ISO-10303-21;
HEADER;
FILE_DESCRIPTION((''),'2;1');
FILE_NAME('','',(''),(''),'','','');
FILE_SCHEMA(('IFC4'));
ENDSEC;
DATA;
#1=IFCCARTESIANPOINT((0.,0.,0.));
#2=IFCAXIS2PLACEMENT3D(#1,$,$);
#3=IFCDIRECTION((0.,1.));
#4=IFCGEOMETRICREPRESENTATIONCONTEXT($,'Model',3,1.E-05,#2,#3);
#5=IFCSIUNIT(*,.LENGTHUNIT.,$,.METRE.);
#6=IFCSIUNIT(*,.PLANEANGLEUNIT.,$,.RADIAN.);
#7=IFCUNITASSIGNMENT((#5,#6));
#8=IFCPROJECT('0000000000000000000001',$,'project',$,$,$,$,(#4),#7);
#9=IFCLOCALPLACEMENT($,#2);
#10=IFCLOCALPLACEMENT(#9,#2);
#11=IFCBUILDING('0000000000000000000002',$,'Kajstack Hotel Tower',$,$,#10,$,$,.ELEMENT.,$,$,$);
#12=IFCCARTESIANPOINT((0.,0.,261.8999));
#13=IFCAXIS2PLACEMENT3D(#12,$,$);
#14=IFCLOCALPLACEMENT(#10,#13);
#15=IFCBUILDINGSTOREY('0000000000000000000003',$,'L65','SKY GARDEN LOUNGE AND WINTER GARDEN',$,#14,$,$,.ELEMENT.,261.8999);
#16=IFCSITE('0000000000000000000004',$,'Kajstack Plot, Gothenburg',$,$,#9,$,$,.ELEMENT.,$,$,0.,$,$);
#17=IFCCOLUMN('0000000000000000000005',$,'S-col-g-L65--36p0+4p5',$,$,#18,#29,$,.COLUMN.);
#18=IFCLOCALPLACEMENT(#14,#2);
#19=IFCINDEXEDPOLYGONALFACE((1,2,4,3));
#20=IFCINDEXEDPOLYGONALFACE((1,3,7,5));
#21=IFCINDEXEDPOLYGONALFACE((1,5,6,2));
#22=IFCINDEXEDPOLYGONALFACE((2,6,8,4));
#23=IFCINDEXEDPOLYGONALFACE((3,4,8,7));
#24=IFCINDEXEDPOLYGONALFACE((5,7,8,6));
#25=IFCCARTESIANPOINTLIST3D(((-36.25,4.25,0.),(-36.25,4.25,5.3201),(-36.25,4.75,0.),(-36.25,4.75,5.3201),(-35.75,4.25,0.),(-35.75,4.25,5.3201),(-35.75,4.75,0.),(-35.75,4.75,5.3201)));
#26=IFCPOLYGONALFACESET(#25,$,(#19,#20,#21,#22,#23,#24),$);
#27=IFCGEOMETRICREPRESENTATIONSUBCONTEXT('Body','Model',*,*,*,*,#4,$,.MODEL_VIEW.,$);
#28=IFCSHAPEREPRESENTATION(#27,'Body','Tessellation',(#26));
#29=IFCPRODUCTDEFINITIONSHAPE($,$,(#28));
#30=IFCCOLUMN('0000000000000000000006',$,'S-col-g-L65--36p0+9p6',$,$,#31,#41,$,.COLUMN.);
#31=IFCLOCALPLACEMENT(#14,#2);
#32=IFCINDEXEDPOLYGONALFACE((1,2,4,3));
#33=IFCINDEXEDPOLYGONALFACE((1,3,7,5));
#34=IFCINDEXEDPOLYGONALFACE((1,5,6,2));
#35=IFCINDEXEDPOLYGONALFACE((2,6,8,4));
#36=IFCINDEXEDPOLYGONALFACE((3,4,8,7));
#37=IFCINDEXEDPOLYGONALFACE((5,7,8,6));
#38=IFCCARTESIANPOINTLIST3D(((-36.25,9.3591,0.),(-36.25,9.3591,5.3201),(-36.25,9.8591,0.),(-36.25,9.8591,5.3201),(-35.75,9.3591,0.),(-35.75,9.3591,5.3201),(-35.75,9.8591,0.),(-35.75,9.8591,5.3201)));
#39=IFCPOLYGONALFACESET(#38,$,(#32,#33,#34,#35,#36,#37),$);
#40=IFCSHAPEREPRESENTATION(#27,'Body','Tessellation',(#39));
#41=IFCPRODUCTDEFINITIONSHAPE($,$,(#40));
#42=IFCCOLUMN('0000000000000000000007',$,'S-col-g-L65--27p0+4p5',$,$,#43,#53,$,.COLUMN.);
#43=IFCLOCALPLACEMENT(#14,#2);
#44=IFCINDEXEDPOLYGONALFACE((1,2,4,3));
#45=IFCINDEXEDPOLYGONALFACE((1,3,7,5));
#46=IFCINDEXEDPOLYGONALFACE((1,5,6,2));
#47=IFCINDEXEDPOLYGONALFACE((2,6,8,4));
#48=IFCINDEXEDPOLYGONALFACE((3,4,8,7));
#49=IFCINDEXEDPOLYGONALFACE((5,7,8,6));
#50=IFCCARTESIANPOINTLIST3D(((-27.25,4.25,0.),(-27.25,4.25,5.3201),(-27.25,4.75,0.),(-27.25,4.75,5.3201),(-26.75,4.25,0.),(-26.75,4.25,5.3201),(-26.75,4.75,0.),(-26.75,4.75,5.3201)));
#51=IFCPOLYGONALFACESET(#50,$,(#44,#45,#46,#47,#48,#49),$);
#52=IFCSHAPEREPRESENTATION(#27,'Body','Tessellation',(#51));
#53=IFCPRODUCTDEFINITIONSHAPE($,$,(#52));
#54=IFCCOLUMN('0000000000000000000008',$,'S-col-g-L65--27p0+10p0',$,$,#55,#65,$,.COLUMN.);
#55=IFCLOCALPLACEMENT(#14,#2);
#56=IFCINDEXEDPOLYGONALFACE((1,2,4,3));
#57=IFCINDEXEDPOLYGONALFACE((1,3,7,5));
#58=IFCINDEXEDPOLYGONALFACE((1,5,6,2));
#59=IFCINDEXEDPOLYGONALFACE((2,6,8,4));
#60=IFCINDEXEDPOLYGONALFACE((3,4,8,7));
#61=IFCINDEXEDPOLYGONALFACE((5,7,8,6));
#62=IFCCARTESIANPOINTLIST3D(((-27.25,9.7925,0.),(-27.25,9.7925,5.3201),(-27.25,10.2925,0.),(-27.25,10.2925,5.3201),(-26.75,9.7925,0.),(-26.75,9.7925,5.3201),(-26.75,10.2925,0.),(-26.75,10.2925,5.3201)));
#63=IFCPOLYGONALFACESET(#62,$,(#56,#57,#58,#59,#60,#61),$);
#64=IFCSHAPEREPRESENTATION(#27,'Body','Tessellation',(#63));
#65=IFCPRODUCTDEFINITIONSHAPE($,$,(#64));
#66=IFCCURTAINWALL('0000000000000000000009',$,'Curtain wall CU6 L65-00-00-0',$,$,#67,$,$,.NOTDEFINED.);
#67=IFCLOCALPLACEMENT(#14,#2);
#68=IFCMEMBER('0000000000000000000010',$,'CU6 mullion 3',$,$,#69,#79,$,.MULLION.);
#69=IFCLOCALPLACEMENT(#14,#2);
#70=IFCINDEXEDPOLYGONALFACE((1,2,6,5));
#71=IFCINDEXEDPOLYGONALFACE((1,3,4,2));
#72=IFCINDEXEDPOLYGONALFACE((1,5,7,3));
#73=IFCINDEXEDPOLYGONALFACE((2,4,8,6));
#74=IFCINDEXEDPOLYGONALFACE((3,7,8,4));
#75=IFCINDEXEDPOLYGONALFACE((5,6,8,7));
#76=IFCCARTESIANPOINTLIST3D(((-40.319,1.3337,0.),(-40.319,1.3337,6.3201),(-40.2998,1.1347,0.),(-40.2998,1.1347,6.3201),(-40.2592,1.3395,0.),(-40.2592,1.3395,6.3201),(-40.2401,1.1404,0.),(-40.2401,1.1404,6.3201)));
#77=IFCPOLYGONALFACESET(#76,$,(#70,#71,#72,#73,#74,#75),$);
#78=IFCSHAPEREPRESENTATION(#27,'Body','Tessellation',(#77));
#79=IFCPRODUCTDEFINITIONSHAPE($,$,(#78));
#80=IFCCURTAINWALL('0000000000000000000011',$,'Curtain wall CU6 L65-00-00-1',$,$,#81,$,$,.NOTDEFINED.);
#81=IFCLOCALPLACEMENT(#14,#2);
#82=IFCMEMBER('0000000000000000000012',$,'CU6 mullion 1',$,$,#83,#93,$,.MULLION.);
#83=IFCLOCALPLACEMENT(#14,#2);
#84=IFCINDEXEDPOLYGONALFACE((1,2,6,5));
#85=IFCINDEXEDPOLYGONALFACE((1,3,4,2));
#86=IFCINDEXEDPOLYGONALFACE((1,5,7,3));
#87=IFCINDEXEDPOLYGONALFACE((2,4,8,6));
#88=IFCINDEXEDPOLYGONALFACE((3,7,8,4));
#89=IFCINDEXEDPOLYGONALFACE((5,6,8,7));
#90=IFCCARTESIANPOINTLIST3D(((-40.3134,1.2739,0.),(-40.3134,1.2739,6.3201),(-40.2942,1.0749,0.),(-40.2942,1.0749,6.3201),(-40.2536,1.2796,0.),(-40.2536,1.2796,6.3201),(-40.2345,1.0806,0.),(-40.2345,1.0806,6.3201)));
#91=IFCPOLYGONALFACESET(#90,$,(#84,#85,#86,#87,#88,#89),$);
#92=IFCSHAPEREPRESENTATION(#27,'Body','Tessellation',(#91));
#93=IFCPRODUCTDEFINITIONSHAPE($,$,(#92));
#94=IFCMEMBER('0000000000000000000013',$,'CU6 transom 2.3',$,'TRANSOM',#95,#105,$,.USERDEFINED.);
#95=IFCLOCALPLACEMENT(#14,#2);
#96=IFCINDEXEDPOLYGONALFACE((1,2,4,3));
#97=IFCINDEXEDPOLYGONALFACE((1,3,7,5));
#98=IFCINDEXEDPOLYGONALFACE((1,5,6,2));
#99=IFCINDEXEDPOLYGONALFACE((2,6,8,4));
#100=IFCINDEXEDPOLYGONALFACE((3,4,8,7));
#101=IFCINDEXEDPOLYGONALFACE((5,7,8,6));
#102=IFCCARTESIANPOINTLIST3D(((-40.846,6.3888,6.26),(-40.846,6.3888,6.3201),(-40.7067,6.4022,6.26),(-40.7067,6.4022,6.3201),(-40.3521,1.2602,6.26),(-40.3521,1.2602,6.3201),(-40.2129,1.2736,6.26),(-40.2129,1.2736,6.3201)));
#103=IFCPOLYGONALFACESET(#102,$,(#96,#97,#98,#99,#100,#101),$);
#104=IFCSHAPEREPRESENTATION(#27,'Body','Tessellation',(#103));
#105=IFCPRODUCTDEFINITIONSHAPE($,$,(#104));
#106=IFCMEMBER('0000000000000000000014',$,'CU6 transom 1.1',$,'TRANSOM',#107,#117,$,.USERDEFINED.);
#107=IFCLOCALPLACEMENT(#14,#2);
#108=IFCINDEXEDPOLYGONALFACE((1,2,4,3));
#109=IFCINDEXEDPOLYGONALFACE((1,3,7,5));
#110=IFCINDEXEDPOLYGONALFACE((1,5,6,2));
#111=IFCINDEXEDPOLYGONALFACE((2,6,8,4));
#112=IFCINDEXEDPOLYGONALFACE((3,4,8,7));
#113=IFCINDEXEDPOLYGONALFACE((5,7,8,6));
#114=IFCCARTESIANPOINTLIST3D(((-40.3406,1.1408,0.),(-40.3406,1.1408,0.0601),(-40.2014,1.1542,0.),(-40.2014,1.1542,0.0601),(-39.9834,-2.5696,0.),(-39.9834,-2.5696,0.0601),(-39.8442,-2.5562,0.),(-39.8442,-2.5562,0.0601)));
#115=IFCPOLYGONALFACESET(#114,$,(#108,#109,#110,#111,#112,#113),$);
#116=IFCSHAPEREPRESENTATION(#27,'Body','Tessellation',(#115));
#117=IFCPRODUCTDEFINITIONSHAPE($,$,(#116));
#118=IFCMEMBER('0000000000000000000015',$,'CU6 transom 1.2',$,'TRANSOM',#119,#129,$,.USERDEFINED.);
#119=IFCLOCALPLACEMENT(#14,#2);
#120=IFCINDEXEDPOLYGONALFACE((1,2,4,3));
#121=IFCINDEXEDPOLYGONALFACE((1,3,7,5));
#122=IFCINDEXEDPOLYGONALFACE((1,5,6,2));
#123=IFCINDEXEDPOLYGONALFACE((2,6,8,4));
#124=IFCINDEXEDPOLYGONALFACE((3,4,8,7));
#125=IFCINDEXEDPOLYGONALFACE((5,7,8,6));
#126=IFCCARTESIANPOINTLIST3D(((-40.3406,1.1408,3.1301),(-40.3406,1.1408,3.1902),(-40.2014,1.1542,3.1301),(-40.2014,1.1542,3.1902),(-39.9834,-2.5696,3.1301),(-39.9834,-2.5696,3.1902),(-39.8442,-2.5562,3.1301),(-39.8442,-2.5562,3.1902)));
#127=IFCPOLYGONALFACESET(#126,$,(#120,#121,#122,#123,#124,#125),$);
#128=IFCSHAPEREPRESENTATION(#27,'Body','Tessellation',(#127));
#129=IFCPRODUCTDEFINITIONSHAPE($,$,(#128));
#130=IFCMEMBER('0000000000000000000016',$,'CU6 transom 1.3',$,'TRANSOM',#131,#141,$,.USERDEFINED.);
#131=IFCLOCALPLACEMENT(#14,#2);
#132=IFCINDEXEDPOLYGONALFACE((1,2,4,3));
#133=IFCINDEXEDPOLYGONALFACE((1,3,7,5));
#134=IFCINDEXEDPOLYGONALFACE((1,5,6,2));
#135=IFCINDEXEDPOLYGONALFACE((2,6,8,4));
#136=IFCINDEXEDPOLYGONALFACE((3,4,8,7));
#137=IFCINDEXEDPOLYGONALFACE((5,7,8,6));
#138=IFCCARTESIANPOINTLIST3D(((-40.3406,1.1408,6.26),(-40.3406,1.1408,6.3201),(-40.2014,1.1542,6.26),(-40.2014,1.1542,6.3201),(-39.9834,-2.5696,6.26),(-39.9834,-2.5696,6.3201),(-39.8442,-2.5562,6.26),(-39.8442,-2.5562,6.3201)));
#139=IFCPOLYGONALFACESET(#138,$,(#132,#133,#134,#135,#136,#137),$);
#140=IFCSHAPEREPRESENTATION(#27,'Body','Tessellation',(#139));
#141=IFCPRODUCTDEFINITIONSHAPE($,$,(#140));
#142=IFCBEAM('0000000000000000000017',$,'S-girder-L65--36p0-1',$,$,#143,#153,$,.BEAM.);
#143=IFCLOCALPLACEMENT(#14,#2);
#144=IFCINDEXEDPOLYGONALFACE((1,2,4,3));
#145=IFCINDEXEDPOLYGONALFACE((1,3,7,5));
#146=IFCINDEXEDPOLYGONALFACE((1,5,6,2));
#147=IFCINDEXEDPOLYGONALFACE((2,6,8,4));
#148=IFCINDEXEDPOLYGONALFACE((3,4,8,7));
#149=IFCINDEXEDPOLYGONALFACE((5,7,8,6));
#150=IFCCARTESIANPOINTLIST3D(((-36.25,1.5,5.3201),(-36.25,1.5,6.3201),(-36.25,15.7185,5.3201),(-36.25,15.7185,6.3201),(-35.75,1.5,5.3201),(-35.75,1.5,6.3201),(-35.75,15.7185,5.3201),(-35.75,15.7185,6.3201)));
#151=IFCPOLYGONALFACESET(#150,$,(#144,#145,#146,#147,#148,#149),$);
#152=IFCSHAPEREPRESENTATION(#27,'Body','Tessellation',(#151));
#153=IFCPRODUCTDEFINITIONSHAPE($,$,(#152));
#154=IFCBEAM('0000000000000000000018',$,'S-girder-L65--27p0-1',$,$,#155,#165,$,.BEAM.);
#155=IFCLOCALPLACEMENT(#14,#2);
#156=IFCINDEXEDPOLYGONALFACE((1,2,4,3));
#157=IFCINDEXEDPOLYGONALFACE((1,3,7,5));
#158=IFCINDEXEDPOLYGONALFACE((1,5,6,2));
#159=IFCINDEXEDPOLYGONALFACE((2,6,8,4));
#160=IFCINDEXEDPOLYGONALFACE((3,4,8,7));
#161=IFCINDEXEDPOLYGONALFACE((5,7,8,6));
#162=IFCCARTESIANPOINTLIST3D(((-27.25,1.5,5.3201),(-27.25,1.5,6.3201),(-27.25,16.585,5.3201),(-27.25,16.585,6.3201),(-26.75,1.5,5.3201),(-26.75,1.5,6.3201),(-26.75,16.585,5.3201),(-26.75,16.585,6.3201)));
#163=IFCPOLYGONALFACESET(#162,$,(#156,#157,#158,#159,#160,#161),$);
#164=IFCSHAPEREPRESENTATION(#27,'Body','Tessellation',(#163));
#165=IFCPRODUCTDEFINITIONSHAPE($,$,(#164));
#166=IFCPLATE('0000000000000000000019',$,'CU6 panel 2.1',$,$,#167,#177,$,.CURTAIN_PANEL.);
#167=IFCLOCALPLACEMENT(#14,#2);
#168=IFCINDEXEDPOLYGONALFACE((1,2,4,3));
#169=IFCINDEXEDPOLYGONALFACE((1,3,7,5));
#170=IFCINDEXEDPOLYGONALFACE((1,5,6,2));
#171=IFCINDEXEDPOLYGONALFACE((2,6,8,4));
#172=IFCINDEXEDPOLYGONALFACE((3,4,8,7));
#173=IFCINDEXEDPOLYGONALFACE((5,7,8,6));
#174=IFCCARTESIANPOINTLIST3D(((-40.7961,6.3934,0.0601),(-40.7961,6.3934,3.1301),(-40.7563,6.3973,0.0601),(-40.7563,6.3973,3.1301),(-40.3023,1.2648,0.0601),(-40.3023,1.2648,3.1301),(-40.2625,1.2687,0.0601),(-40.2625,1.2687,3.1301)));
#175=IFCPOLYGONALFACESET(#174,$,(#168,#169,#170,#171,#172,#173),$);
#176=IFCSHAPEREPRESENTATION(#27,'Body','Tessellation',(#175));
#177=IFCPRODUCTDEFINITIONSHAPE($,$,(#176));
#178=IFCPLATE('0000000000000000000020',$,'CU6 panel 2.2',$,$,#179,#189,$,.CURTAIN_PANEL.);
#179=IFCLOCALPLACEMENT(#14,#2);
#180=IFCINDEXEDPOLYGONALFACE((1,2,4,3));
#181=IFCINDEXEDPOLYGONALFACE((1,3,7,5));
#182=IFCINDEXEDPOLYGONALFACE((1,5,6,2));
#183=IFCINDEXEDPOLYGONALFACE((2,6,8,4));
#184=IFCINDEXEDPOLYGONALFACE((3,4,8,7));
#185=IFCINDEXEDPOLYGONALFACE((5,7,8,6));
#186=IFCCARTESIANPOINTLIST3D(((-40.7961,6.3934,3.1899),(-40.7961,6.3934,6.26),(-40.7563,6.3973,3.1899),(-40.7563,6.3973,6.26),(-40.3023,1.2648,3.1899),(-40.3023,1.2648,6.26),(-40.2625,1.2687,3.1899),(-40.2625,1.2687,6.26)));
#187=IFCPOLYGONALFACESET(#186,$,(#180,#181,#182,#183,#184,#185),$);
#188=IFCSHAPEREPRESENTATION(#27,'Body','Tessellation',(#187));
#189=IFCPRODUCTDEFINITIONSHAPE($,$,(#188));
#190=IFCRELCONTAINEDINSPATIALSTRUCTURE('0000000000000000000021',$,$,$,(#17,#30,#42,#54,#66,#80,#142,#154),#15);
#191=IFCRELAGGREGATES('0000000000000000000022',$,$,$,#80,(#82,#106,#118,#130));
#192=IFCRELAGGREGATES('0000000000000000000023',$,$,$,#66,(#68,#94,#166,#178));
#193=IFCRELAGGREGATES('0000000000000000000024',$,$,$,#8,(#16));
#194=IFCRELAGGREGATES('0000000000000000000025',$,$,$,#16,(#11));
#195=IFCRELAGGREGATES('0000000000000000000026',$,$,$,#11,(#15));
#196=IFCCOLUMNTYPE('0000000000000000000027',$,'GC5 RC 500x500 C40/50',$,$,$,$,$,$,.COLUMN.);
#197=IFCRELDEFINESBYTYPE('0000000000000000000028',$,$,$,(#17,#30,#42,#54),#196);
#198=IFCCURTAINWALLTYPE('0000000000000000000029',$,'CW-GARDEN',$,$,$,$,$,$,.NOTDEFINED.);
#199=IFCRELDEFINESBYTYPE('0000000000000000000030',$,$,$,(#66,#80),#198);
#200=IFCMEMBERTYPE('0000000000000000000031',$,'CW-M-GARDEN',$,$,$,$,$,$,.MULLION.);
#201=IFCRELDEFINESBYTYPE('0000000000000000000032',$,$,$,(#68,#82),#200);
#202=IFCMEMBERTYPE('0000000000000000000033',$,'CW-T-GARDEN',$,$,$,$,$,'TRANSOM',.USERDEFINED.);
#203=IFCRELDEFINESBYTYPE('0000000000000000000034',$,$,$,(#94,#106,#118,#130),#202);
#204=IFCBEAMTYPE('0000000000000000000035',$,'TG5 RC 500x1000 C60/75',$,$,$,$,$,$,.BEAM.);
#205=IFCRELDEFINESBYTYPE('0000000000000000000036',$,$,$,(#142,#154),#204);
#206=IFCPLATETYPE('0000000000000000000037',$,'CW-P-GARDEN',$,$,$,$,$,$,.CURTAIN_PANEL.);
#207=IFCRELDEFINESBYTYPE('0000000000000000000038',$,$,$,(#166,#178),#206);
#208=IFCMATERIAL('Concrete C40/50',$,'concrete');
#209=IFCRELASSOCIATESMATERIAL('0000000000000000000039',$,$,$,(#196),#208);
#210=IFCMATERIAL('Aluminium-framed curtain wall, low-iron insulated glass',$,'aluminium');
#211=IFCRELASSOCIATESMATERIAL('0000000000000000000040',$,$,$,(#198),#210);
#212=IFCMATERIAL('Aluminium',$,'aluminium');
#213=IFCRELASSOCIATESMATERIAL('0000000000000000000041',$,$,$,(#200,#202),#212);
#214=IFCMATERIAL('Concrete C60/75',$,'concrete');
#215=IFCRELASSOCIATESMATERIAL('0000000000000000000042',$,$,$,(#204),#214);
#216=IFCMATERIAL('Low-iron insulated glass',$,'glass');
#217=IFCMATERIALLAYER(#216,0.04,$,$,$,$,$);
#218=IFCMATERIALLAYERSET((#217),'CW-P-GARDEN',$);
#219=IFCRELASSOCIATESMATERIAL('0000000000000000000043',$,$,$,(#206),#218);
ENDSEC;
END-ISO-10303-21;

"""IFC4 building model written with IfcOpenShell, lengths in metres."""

from ifc_helpers import new_model, si_unit, direction, frame, origin, origin_2d, place, context, subcontext, project, spatial, rectangle, extrude, material, layer, layer_set, material_profile, profile_set, type_object, element, aggregate, save


model = new_model("IFC4")

# Units and contexts
model_context = context("Model", 3, precision=1e-05, world=origin(), true_north=direction((0.0, 1.0)))
body_context = subcontext(model_context, "Body", "Model", "MODEL_VIEW")
ifc_project = project(units=[si_unit("LENGTHUNIT", "METRE"), si_unit("PLANEANGLEUNIT", "RADIAN")], contexts=[model_context])

# Site, building, storey
site_placement = place(None, origin())
site = spatial("IfcSite", under=ifc_project, at=site_placement, Name="Kajstack Plot, Gothenburg", CompositionType="ELEMENT", RefElevation=0.0)
building_placement = place(site_placement, origin())
building = spatial("IfcBuilding", under=site, at=building_placement, Name="Kajstack Hotel Tower", CompositionType="ELEMENT")
storey_placement = place(building_placement, frame((0.0, 0.0, 261.8999)))
storey = spatial("IfcBuildingStorey", under=building, at=storey_placement, Name="L65", Description="SKY GARDEN LOUNGE AND WINTER GARDEN", CompositionType="ELEMENT", Elevation=261.8999)

# Columns
ifc_material_1 = material(Name="Concrete C40/50", Category="concrete")
ifc_material_profile_1 = material_profile(ifc_material_1, rectangle(XDim=0.5, YDim=0.5, at=origin_2d()), Name="RC 500x500")
ifc_profile_set_1 = profile_set([ifc_material_profile_1], Name="Concrete C40/50")
column_type = type_object("IfcColumnType", Name="GC5 RC 500x500 C40/50", PredefinedType="COLUMN", material=ifc_profile_set_1)
for number, where, z_axis, x_axis, name in (
    (1, (-36.0, 4.5, 0.0), (0.0, 0.0, 1.0), (1.0, 0.0, 0.0), "S-col-g-L65--36p0+4p5"),
    (2, (-36.0, 9.6091, 0.0), (0.0, 0.0, 1.0), (1.0, 0.0, 0.0), "S-col-g-L65--36p0+9p6"),
    (3, (-27.0, 4.5, 0.0), (0.0, 0.0, 1.0), (1.0, 0.0, 0.0), "S-col-g-L65--27p0+4p5"),
    (4, (-27.0, 10.0425, 0.0), (0.0, 0.0, 1.0), (1.0, 0.0, 0.0), "S-col-g-L65--27p0+10p0"),
):
    element("IfcColumn", number, at=place(storey_placement, frame(where, z_axis=z_axis, x_axis=x_axis)), inside=storey, type_object=column_type, Name=name, PredefinedType="COLUMN", context=body_context, shape_type="SweptSolid", body=[
        extrude(rectangle(XDim=0.5, YDim=0.5, at=origin_2d()), origin(), (0.0, 0.0, 1.0), 5.3201),
    ])

# Curtain walls, members
ifc_material_2 = material(Name="Aluminium-framed curtain wall, low-iron insulated glass", Category="aluminium")
curtain_wall_type = type_object("IfcCurtainWallType", Name="CW-GARDEN", PredefinedType="NOTDEFINED", material=ifc_material_2)
curtain_wall_1_placement = place(storey_placement, origin())
curtain_wall_1 = element("IfcCurtainWall", 5, at=curtain_wall_1_placement, inside=storey, type_object=curtain_wall_type, Name="Curtain wall CU6 L65-00-00-0", PredefinedType="NOTDEFINED")
ifc_material_3 = material(Name="Aluminium", Category="aluminium")
ifc_material_profile_2 = material_profile(ifc_material_3, rectangle(XDim=0.0601, YDim=0.2, at=origin_2d()), Name="Aluminium mullion 60 x 200")
ifc_profile_set_2 = profile_set([ifc_material_profile_2], Name="Aluminium")
member_type_1 = type_object("IfcMemberType", Name="CW-M-GARDEN", PredefinedType="MULLION", material=ifc_profile_set_2)
member_1_placement = place(storey_placement, frame((-40.2795, 1.2371, 0.0), z_axis=(0.0, 0.0, 1.0), x_axis=(0.995396, 0.095847, 0.0)))
member_1 = element("IfcMember", 6, at=member_1_placement, type_object=member_type_1, Name="CU6 mullion 3", PredefinedType="MULLION", context=body_context, shape_type="SweptSolid", body=[
    extrude(rectangle(XDim=0.0601, YDim=0.2, at=origin_2d()), origin(), (0.0, 0.0, 1.0), 6.3201),
])
curtain_wall_2_placement = place(storey_placement, origin())
curtain_wall_2 = element("IfcCurtainWall", 7, at=curtain_wall_2_placement, inside=storey, type_object=curtain_wall_type, Name="Curtain wall CU6 L65-00-00-1", PredefinedType="NOTDEFINED")
member_2_placement = place(storey_placement, frame((-40.2739, 1.1772, 0.0), z_axis=(0.0, 0.0, 1.0), x_axis=(0.995396, 0.095847, 0.0)))
member_2 = element("IfcMember", 8, at=member_2_placement, type_object=member_type_1, Name="CU6 mullion 1", PredefinedType="MULLION", context=body_context, shape_type="SweptSolid", body=[
    extrude(rectangle(XDim=0.0601, YDim=0.2, at=origin_2d()), origin(), (0.0, 0.0, 1.0), 6.3201),
])

# Members
ifc_material_profile_3 = material_profile(ifc_material_3, rectangle(XDim=0.1399, YDim=0.0601, at=origin_2d()), Name="Aluminium transom 140 x 60")
ifc_profile_set_3 = profile_set([ifc_material_profile_3], Name="Aluminium")
member_type_2 = type_object("IfcMemberType", Name="CW-T-GARDEN", ElementType="TRANSOM", PredefinedType="USERDEFINED", material=ifc_profile_set_3)
member_3_placement = place(storey_placement, frame((-40.7764, 6.3955, 6.29), z_axis=(0.095858, -0.995395, 0.0), x_axis=(0.995395, 0.095858, 0.0)))
member_3 = element("IfcMember", 9, at=member_3_placement, type_object=member_type_2, Name="CU6 transom 2.3", ObjectType="TRANSOM", PredefinedType="USERDEFINED", context=body_context, shape_type="SweptSolid", body=[
    extrude(rectangle(XDim=0.1399, YDim=0.0601, at=origin_2d()), origin(), (0.0, 0.0, 1.0), 5.1523),
])
member_4_placement = place(storey_placement, frame((-40.271, 1.1475, 0.03), z_axis=(0.09582, -0.995399, 0.0), x_axis=(0.995399, 0.09582, 0.0)))
member_4 = element("IfcMember", 10, at=member_4_placement, type_object=member_type_2, Name="CU6 transom 1.1", ObjectType="TRANSOM", PredefinedType="USERDEFINED", context=body_context, shape_type="SweptSolid", body=[
    extrude(rectangle(XDim=0.1399, YDim=0.0601, at=origin_2d()), origin(), (0.0, 0.0, 1.0), 3.7275),
])
member_5_placement = place(storey_placement, frame((-40.271, 1.1475, 3.1602), z_axis=(0.09582, -0.995399, 0.0), x_axis=(0.995399, 0.09582, 0.0)))
member_5 = element("IfcMember", 11, at=member_5_placement, type_object=member_type_2, Name="CU6 transom 1.2", ObjectType="TRANSOM", PredefinedType="USERDEFINED", context=body_context, shape_type="SweptSolid", body=[
    extrude(rectangle(XDim=0.1399, YDim=0.0601, at=origin_2d()), origin(), (0.0, 0.0, 1.0), 3.7275),
])
member_6_placement = place(storey_placement, frame((-40.271, 1.1475, 6.29), z_axis=(0.09582, -0.995399, 0.0), x_axis=(0.995399, 0.09582, 0.0)))
member_6 = element("IfcMember", 12, at=member_6_placement, type_object=member_type_2, Name="CU6 transom 1.3", ObjectType="TRANSOM", PredefinedType="USERDEFINED", context=body_context, shape_type="SweptSolid", body=[
    extrude(rectangle(XDim=0.1399, YDim=0.0601, at=origin_2d()), origin(), (0.0, 0.0, 1.0), 3.7275),
])
aggregate(curtain_wall_2, [member_2, member_4, member_5, member_6])

# Beams
ifc_material_4 = material(Name="Concrete C60/75", Category="concrete")
ifc_material_profile_4 = material_profile(ifc_material_4, rectangle(XDim=0.5, YDim=1.0, at=origin_2d()), Name="RC 500x1000")
ifc_profile_set_4 = profile_set([ifc_material_profile_4], Name="Concrete C60/75")
beam_type = type_object("IfcBeamType", Name="TG5 RC 500x1000 C60/75", PredefinedType="BEAM", material=ifc_profile_set_4)
beam_1_placement = place(storey_placement, frame((-36.0, 1.5, 5.8201), z_axis=(0.0, 1.0, 0.0), x_axis=(-1.0, 0.0, 0.0)))
element("IfcBeam", 13, at=beam_1_placement, inside=storey, type_object=beam_type, Name="S-girder-L65--36p0-1", PredefinedType="BEAM", context=body_context, shape_type="SweptSolid", body=[
    extrude(rectangle(XDim=0.5, YDim=1.0, at=origin_2d()), origin(), (0.0, 0.0, 1.0), 14.2185),
])
beam_2_placement = place(storey_placement, frame((-27.0, 1.5, 5.8201), z_axis=(0.0, 1.0, 0.0), x_axis=(-1.0, 0.0, 0.0)))
element("IfcBeam", 14, at=beam_2_placement, inside=storey, type_object=beam_type, Name="S-girder-L65--27p0-1", PredefinedType="BEAM", context=body_context, shape_type="SweptSolid", body=[
    extrude(rectangle(XDim=0.5, YDim=1.0, at=origin_2d()), origin(), (0.0, 0.0, 1.0), 15.085),
])

# Plates
ifc_material_5 = material(Name="Low-iron insulated glass", Category="glass")
ifc_layer_1 = layer(ifc_material_5, 0.04)
ifc_layer_set_1 = layer_set([ifc_layer_1], Name="CW-P-GARDEN")
plate_type = type_object("IfcPlateType", Name="CW-P-GARDEN", PredefinedType="CURTAIN_PANEL", material=ifc_layer_set_1)
plate_1_placement = place(storey_placement, frame((-40.5293, 3.8311, 0.0601), z_axis=(0.0, 0.0, 1.0), x_axis=(0.095847, -0.995396, 0.0)))
plate_1 = element("IfcPlate", 15, at=plate_1_placement, type_object=plate_type, Name="CU6 panel 2.1", PredefinedType="CURTAIN_PANEL", context=body_context, shape_type="SweptSolid", body=[
    extrude(rectangle(XDim=5.1523, YDim=0.04, at=origin_2d()), origin(), (0.0, 0.0, 1.0), 3.0701),
])
plate_2_placement = place(storey_placement, frame((-40.5293, 3.8311, 3.1899), z_axis=(0.0, 0.0, 1.0), x_axis=(0.095847, -0.995396, 0.0)))
plate_2 = element("IfcPlate", 16, at=plate_2_placement, type_object=plate_type, Name="CU6 panel 2.2", PredefinedType="CURTAIN_PANEL", context=body_context, shape_type="SweptSolid", body=[
    extrude(rectangle(XDim=5.1523, YDim=0.04, at=origin_2d()), origin(), (0.0, 0.0, 1.0), 3.0701),
])
aggregate(curtain_wall_1, [member_1, member_3, plate_1, plate_2])

save(model, "model.ifc")
